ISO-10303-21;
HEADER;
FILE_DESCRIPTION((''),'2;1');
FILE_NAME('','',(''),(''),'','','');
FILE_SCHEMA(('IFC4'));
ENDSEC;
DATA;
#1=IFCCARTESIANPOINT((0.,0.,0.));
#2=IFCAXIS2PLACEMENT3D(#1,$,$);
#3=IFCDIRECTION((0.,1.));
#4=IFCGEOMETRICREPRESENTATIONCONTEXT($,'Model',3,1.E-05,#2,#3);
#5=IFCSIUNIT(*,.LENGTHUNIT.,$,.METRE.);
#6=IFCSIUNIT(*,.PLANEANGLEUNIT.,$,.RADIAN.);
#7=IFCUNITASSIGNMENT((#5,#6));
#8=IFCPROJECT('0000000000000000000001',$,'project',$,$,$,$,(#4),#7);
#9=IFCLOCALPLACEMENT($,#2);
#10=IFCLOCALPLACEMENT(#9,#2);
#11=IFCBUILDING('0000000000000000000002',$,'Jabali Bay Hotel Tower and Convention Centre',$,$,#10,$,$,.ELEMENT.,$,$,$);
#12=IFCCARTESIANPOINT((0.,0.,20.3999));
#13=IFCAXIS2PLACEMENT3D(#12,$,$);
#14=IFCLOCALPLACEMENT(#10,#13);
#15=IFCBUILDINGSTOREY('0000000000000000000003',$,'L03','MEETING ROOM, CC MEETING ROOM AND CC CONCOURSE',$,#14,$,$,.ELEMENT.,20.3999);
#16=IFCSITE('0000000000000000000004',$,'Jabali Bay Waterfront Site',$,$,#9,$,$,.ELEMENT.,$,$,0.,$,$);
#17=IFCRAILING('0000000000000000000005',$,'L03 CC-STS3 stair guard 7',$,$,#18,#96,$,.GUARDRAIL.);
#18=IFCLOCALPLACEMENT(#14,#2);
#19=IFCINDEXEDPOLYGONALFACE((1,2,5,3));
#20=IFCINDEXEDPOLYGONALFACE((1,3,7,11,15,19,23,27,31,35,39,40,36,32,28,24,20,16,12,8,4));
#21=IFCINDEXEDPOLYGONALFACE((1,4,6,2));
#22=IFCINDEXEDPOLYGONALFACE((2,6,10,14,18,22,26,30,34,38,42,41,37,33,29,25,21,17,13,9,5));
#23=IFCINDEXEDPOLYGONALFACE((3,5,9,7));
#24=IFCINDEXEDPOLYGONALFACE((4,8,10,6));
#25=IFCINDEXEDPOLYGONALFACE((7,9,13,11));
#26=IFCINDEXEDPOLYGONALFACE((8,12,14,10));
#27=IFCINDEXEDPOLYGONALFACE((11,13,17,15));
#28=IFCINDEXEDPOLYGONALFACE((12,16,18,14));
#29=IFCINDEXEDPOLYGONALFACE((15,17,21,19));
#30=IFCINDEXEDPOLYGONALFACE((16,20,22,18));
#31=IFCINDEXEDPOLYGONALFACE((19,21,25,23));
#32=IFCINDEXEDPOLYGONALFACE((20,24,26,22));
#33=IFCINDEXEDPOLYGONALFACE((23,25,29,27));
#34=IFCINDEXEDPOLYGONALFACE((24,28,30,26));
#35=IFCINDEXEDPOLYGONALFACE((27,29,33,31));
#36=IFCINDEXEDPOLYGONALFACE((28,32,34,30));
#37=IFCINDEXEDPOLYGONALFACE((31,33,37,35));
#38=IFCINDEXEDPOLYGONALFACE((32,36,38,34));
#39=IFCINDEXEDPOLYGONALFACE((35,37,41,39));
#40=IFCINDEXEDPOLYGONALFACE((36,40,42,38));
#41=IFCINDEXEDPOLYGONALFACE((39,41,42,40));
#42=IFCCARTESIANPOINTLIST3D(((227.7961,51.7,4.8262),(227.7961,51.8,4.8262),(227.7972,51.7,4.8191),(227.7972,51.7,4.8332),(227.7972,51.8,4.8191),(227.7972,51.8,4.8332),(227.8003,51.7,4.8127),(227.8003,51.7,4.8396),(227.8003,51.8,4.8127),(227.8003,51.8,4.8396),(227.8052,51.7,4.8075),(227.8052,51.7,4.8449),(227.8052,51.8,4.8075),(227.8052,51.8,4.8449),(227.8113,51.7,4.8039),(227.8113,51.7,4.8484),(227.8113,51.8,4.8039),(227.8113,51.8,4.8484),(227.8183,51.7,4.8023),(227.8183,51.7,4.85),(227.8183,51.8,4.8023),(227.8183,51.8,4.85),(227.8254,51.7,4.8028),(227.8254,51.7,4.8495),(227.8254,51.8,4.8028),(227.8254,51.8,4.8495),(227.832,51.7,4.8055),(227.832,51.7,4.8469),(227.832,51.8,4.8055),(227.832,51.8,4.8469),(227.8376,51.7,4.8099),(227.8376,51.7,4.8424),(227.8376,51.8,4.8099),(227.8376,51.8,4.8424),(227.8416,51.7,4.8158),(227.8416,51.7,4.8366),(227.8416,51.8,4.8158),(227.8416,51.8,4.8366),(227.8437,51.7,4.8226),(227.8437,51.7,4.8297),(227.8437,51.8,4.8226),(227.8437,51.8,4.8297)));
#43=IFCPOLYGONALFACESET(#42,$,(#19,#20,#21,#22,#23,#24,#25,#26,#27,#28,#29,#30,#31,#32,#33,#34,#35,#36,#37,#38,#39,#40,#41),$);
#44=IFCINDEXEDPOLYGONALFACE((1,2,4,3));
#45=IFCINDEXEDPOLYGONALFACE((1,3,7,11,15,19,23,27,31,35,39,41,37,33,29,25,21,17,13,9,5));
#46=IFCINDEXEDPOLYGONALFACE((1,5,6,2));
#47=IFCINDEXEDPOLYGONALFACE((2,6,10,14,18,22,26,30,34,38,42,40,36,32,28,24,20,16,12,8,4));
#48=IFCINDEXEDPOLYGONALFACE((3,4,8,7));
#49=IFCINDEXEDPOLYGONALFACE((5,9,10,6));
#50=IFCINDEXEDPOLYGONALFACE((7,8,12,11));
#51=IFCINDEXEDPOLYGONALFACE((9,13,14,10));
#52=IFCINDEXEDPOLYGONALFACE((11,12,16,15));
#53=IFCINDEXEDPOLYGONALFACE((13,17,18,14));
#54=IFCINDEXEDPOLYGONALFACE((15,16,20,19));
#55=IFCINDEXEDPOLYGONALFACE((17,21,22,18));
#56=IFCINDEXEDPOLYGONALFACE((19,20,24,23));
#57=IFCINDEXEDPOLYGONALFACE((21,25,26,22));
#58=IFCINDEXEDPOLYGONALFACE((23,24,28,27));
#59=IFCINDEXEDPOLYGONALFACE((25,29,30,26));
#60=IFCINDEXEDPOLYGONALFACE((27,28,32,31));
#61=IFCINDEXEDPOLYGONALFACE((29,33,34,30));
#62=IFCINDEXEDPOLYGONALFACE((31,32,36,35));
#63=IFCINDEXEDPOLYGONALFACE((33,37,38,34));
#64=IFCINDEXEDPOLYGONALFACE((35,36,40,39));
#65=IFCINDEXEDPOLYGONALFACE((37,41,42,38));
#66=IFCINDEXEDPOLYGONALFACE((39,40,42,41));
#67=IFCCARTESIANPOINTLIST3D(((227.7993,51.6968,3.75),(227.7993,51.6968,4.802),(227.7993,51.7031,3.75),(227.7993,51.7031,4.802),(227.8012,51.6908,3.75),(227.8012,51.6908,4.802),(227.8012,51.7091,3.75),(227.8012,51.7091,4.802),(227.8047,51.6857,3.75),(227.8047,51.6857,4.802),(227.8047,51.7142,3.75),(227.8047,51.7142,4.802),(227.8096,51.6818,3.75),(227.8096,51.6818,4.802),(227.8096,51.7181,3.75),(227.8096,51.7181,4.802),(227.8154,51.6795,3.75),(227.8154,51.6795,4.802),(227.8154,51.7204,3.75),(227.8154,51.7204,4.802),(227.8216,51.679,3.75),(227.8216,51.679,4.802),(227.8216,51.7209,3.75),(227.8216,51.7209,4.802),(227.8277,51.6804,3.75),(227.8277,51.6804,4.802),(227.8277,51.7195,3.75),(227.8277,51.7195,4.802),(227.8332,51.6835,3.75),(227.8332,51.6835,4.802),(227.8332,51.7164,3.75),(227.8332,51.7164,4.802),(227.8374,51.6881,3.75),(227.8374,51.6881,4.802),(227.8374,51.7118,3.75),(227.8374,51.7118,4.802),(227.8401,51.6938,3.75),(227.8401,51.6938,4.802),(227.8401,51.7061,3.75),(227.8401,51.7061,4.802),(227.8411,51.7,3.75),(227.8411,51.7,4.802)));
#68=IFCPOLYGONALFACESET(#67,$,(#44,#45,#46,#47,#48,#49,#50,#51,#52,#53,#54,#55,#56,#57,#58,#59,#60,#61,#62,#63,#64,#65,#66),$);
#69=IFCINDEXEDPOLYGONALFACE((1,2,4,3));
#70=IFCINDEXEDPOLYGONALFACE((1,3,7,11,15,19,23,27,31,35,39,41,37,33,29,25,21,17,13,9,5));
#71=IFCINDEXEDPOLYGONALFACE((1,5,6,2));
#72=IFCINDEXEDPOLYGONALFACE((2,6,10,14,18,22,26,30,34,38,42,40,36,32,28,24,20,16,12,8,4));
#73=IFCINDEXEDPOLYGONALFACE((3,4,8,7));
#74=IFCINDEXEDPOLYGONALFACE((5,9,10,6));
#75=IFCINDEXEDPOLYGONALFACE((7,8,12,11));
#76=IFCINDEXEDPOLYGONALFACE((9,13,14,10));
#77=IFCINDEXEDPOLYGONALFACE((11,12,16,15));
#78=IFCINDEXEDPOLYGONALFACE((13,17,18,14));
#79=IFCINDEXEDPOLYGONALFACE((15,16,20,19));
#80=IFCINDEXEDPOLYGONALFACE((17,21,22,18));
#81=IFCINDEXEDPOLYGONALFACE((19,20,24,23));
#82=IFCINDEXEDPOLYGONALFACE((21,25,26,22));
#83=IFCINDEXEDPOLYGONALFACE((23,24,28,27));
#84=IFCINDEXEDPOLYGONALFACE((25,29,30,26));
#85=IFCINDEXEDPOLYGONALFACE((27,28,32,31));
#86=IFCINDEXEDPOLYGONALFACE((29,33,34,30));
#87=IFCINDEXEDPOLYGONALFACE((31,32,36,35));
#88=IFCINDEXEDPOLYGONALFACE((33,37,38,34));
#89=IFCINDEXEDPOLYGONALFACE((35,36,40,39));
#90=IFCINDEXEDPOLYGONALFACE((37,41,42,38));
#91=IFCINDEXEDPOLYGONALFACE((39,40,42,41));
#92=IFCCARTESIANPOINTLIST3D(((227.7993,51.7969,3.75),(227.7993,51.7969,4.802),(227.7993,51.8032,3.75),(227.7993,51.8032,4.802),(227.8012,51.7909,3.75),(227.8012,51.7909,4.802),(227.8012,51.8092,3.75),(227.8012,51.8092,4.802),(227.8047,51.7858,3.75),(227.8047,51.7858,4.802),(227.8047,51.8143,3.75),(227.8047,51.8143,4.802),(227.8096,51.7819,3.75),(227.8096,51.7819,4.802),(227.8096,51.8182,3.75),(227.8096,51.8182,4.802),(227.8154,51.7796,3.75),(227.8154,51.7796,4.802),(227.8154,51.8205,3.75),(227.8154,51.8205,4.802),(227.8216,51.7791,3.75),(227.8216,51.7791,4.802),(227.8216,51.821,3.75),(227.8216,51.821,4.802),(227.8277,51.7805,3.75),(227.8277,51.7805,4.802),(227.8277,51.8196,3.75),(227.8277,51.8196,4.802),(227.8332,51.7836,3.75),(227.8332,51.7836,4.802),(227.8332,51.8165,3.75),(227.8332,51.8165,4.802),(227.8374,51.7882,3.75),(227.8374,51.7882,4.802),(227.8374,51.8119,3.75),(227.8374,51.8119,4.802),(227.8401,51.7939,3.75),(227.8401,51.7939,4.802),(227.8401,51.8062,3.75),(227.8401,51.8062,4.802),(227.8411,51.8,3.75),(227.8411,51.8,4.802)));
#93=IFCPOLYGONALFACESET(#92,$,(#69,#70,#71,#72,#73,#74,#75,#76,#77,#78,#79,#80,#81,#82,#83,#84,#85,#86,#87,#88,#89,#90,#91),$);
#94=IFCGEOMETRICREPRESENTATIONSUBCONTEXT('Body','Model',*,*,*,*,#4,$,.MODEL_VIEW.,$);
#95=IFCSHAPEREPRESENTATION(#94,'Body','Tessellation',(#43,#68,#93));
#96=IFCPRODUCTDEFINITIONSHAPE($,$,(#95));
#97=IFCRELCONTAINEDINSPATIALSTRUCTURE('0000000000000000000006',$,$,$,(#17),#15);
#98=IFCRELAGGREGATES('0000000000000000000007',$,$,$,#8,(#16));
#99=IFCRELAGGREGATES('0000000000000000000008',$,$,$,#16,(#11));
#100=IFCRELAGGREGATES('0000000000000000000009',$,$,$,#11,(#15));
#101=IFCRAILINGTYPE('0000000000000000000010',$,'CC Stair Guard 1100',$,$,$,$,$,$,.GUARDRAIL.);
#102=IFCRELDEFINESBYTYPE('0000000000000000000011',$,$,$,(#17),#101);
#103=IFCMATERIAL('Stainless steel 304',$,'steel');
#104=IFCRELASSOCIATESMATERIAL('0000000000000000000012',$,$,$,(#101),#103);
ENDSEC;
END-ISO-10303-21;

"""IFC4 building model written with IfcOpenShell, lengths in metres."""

from ifc_helpers import new_model, si_unit, direction, frame, origin, origin_2d, place, context, subcontext, project, spatial, circle, extrude, material, type_object, element, save


model = new_model("IFC4")

# Units and contexts
model_context = context("Model", 3, precision=1e-05, world=origin(), true_north=direction((0.0, 1.0)))
body_context = subcontext(model_context, "Body", "Model", "MODEL_VIEW")
ifc_project = project(units=[si_unit("LENGTHUNIT", "METRE"), si_unit("PLANEANGLEUNIT", "RADIAN")], contexts=[model_context])

# Site, building, storey
site_placement = place(None, origin())
site = spatial("IfcSite", under=ifc_project, at=site_placement, Name="Jabali Bay Waterfront Site", CompositionType="ELEMENT", RefElevation=0.0)
building_placement = place(site_placement, origin())
building = spatial("IfcBuilding", under=site, at=building_placement, Name="Jabali Bay Hotel Tower and Convention Centre", CompositionType="ELEMENT")
storey_placement = place(building_placement, frame((0.0, 0.0, 20.3999)))
storey = spatial("IfcBuildingStorey", under=building, at=storey_placement, Name="L03", Description="MEETING ROOM, CC MEETING ROOM AND CC CONCOURSE", CompositionType="ELEMENT", Elevation=20.3999)

# Railing
ifc_material_1 = material(Name="Stainless steel 304", Category="steel")
railing_type_1 = type_object("IfcRailingType", Name="CC Stair Guard 1100", PredefinedType="GUARDRAIL", material=ifc_material_1)
railing_1_placement = place(storey_placement, frame((227.8201, 51.7, 3.75)))
element("IfcRailing", 1, at=railing_1_placement, inside=storey, type_object=railing_type_1, Name="L03 CC-STS3 stair guard 7", PredefinedType="GUARDRAIL", context=body_context, shape_type="SweptSolid", body=[
    extrude(circle(Radius=0.0239, at=origin_2d()), frame((0.0, 0.0, 1.0762), z_axis=(0.0, 1.0, 0.0), x_axis=(-1.0, 0.0, 0.0)), (0.0, 0.0, 1.0), 0.1001),
    extrude(circle(Radius=0.021, at=origin_2d()), origin(), (0.0, 0.0, 1.0), 1.052),
    extrude(circle(Radius=0.021, at=origin_2d()), frame((0.0, 0.1001, 0.0)), (0.0, 0.0, 1.0), 1.052),
])

save(model, "model.ifc")
